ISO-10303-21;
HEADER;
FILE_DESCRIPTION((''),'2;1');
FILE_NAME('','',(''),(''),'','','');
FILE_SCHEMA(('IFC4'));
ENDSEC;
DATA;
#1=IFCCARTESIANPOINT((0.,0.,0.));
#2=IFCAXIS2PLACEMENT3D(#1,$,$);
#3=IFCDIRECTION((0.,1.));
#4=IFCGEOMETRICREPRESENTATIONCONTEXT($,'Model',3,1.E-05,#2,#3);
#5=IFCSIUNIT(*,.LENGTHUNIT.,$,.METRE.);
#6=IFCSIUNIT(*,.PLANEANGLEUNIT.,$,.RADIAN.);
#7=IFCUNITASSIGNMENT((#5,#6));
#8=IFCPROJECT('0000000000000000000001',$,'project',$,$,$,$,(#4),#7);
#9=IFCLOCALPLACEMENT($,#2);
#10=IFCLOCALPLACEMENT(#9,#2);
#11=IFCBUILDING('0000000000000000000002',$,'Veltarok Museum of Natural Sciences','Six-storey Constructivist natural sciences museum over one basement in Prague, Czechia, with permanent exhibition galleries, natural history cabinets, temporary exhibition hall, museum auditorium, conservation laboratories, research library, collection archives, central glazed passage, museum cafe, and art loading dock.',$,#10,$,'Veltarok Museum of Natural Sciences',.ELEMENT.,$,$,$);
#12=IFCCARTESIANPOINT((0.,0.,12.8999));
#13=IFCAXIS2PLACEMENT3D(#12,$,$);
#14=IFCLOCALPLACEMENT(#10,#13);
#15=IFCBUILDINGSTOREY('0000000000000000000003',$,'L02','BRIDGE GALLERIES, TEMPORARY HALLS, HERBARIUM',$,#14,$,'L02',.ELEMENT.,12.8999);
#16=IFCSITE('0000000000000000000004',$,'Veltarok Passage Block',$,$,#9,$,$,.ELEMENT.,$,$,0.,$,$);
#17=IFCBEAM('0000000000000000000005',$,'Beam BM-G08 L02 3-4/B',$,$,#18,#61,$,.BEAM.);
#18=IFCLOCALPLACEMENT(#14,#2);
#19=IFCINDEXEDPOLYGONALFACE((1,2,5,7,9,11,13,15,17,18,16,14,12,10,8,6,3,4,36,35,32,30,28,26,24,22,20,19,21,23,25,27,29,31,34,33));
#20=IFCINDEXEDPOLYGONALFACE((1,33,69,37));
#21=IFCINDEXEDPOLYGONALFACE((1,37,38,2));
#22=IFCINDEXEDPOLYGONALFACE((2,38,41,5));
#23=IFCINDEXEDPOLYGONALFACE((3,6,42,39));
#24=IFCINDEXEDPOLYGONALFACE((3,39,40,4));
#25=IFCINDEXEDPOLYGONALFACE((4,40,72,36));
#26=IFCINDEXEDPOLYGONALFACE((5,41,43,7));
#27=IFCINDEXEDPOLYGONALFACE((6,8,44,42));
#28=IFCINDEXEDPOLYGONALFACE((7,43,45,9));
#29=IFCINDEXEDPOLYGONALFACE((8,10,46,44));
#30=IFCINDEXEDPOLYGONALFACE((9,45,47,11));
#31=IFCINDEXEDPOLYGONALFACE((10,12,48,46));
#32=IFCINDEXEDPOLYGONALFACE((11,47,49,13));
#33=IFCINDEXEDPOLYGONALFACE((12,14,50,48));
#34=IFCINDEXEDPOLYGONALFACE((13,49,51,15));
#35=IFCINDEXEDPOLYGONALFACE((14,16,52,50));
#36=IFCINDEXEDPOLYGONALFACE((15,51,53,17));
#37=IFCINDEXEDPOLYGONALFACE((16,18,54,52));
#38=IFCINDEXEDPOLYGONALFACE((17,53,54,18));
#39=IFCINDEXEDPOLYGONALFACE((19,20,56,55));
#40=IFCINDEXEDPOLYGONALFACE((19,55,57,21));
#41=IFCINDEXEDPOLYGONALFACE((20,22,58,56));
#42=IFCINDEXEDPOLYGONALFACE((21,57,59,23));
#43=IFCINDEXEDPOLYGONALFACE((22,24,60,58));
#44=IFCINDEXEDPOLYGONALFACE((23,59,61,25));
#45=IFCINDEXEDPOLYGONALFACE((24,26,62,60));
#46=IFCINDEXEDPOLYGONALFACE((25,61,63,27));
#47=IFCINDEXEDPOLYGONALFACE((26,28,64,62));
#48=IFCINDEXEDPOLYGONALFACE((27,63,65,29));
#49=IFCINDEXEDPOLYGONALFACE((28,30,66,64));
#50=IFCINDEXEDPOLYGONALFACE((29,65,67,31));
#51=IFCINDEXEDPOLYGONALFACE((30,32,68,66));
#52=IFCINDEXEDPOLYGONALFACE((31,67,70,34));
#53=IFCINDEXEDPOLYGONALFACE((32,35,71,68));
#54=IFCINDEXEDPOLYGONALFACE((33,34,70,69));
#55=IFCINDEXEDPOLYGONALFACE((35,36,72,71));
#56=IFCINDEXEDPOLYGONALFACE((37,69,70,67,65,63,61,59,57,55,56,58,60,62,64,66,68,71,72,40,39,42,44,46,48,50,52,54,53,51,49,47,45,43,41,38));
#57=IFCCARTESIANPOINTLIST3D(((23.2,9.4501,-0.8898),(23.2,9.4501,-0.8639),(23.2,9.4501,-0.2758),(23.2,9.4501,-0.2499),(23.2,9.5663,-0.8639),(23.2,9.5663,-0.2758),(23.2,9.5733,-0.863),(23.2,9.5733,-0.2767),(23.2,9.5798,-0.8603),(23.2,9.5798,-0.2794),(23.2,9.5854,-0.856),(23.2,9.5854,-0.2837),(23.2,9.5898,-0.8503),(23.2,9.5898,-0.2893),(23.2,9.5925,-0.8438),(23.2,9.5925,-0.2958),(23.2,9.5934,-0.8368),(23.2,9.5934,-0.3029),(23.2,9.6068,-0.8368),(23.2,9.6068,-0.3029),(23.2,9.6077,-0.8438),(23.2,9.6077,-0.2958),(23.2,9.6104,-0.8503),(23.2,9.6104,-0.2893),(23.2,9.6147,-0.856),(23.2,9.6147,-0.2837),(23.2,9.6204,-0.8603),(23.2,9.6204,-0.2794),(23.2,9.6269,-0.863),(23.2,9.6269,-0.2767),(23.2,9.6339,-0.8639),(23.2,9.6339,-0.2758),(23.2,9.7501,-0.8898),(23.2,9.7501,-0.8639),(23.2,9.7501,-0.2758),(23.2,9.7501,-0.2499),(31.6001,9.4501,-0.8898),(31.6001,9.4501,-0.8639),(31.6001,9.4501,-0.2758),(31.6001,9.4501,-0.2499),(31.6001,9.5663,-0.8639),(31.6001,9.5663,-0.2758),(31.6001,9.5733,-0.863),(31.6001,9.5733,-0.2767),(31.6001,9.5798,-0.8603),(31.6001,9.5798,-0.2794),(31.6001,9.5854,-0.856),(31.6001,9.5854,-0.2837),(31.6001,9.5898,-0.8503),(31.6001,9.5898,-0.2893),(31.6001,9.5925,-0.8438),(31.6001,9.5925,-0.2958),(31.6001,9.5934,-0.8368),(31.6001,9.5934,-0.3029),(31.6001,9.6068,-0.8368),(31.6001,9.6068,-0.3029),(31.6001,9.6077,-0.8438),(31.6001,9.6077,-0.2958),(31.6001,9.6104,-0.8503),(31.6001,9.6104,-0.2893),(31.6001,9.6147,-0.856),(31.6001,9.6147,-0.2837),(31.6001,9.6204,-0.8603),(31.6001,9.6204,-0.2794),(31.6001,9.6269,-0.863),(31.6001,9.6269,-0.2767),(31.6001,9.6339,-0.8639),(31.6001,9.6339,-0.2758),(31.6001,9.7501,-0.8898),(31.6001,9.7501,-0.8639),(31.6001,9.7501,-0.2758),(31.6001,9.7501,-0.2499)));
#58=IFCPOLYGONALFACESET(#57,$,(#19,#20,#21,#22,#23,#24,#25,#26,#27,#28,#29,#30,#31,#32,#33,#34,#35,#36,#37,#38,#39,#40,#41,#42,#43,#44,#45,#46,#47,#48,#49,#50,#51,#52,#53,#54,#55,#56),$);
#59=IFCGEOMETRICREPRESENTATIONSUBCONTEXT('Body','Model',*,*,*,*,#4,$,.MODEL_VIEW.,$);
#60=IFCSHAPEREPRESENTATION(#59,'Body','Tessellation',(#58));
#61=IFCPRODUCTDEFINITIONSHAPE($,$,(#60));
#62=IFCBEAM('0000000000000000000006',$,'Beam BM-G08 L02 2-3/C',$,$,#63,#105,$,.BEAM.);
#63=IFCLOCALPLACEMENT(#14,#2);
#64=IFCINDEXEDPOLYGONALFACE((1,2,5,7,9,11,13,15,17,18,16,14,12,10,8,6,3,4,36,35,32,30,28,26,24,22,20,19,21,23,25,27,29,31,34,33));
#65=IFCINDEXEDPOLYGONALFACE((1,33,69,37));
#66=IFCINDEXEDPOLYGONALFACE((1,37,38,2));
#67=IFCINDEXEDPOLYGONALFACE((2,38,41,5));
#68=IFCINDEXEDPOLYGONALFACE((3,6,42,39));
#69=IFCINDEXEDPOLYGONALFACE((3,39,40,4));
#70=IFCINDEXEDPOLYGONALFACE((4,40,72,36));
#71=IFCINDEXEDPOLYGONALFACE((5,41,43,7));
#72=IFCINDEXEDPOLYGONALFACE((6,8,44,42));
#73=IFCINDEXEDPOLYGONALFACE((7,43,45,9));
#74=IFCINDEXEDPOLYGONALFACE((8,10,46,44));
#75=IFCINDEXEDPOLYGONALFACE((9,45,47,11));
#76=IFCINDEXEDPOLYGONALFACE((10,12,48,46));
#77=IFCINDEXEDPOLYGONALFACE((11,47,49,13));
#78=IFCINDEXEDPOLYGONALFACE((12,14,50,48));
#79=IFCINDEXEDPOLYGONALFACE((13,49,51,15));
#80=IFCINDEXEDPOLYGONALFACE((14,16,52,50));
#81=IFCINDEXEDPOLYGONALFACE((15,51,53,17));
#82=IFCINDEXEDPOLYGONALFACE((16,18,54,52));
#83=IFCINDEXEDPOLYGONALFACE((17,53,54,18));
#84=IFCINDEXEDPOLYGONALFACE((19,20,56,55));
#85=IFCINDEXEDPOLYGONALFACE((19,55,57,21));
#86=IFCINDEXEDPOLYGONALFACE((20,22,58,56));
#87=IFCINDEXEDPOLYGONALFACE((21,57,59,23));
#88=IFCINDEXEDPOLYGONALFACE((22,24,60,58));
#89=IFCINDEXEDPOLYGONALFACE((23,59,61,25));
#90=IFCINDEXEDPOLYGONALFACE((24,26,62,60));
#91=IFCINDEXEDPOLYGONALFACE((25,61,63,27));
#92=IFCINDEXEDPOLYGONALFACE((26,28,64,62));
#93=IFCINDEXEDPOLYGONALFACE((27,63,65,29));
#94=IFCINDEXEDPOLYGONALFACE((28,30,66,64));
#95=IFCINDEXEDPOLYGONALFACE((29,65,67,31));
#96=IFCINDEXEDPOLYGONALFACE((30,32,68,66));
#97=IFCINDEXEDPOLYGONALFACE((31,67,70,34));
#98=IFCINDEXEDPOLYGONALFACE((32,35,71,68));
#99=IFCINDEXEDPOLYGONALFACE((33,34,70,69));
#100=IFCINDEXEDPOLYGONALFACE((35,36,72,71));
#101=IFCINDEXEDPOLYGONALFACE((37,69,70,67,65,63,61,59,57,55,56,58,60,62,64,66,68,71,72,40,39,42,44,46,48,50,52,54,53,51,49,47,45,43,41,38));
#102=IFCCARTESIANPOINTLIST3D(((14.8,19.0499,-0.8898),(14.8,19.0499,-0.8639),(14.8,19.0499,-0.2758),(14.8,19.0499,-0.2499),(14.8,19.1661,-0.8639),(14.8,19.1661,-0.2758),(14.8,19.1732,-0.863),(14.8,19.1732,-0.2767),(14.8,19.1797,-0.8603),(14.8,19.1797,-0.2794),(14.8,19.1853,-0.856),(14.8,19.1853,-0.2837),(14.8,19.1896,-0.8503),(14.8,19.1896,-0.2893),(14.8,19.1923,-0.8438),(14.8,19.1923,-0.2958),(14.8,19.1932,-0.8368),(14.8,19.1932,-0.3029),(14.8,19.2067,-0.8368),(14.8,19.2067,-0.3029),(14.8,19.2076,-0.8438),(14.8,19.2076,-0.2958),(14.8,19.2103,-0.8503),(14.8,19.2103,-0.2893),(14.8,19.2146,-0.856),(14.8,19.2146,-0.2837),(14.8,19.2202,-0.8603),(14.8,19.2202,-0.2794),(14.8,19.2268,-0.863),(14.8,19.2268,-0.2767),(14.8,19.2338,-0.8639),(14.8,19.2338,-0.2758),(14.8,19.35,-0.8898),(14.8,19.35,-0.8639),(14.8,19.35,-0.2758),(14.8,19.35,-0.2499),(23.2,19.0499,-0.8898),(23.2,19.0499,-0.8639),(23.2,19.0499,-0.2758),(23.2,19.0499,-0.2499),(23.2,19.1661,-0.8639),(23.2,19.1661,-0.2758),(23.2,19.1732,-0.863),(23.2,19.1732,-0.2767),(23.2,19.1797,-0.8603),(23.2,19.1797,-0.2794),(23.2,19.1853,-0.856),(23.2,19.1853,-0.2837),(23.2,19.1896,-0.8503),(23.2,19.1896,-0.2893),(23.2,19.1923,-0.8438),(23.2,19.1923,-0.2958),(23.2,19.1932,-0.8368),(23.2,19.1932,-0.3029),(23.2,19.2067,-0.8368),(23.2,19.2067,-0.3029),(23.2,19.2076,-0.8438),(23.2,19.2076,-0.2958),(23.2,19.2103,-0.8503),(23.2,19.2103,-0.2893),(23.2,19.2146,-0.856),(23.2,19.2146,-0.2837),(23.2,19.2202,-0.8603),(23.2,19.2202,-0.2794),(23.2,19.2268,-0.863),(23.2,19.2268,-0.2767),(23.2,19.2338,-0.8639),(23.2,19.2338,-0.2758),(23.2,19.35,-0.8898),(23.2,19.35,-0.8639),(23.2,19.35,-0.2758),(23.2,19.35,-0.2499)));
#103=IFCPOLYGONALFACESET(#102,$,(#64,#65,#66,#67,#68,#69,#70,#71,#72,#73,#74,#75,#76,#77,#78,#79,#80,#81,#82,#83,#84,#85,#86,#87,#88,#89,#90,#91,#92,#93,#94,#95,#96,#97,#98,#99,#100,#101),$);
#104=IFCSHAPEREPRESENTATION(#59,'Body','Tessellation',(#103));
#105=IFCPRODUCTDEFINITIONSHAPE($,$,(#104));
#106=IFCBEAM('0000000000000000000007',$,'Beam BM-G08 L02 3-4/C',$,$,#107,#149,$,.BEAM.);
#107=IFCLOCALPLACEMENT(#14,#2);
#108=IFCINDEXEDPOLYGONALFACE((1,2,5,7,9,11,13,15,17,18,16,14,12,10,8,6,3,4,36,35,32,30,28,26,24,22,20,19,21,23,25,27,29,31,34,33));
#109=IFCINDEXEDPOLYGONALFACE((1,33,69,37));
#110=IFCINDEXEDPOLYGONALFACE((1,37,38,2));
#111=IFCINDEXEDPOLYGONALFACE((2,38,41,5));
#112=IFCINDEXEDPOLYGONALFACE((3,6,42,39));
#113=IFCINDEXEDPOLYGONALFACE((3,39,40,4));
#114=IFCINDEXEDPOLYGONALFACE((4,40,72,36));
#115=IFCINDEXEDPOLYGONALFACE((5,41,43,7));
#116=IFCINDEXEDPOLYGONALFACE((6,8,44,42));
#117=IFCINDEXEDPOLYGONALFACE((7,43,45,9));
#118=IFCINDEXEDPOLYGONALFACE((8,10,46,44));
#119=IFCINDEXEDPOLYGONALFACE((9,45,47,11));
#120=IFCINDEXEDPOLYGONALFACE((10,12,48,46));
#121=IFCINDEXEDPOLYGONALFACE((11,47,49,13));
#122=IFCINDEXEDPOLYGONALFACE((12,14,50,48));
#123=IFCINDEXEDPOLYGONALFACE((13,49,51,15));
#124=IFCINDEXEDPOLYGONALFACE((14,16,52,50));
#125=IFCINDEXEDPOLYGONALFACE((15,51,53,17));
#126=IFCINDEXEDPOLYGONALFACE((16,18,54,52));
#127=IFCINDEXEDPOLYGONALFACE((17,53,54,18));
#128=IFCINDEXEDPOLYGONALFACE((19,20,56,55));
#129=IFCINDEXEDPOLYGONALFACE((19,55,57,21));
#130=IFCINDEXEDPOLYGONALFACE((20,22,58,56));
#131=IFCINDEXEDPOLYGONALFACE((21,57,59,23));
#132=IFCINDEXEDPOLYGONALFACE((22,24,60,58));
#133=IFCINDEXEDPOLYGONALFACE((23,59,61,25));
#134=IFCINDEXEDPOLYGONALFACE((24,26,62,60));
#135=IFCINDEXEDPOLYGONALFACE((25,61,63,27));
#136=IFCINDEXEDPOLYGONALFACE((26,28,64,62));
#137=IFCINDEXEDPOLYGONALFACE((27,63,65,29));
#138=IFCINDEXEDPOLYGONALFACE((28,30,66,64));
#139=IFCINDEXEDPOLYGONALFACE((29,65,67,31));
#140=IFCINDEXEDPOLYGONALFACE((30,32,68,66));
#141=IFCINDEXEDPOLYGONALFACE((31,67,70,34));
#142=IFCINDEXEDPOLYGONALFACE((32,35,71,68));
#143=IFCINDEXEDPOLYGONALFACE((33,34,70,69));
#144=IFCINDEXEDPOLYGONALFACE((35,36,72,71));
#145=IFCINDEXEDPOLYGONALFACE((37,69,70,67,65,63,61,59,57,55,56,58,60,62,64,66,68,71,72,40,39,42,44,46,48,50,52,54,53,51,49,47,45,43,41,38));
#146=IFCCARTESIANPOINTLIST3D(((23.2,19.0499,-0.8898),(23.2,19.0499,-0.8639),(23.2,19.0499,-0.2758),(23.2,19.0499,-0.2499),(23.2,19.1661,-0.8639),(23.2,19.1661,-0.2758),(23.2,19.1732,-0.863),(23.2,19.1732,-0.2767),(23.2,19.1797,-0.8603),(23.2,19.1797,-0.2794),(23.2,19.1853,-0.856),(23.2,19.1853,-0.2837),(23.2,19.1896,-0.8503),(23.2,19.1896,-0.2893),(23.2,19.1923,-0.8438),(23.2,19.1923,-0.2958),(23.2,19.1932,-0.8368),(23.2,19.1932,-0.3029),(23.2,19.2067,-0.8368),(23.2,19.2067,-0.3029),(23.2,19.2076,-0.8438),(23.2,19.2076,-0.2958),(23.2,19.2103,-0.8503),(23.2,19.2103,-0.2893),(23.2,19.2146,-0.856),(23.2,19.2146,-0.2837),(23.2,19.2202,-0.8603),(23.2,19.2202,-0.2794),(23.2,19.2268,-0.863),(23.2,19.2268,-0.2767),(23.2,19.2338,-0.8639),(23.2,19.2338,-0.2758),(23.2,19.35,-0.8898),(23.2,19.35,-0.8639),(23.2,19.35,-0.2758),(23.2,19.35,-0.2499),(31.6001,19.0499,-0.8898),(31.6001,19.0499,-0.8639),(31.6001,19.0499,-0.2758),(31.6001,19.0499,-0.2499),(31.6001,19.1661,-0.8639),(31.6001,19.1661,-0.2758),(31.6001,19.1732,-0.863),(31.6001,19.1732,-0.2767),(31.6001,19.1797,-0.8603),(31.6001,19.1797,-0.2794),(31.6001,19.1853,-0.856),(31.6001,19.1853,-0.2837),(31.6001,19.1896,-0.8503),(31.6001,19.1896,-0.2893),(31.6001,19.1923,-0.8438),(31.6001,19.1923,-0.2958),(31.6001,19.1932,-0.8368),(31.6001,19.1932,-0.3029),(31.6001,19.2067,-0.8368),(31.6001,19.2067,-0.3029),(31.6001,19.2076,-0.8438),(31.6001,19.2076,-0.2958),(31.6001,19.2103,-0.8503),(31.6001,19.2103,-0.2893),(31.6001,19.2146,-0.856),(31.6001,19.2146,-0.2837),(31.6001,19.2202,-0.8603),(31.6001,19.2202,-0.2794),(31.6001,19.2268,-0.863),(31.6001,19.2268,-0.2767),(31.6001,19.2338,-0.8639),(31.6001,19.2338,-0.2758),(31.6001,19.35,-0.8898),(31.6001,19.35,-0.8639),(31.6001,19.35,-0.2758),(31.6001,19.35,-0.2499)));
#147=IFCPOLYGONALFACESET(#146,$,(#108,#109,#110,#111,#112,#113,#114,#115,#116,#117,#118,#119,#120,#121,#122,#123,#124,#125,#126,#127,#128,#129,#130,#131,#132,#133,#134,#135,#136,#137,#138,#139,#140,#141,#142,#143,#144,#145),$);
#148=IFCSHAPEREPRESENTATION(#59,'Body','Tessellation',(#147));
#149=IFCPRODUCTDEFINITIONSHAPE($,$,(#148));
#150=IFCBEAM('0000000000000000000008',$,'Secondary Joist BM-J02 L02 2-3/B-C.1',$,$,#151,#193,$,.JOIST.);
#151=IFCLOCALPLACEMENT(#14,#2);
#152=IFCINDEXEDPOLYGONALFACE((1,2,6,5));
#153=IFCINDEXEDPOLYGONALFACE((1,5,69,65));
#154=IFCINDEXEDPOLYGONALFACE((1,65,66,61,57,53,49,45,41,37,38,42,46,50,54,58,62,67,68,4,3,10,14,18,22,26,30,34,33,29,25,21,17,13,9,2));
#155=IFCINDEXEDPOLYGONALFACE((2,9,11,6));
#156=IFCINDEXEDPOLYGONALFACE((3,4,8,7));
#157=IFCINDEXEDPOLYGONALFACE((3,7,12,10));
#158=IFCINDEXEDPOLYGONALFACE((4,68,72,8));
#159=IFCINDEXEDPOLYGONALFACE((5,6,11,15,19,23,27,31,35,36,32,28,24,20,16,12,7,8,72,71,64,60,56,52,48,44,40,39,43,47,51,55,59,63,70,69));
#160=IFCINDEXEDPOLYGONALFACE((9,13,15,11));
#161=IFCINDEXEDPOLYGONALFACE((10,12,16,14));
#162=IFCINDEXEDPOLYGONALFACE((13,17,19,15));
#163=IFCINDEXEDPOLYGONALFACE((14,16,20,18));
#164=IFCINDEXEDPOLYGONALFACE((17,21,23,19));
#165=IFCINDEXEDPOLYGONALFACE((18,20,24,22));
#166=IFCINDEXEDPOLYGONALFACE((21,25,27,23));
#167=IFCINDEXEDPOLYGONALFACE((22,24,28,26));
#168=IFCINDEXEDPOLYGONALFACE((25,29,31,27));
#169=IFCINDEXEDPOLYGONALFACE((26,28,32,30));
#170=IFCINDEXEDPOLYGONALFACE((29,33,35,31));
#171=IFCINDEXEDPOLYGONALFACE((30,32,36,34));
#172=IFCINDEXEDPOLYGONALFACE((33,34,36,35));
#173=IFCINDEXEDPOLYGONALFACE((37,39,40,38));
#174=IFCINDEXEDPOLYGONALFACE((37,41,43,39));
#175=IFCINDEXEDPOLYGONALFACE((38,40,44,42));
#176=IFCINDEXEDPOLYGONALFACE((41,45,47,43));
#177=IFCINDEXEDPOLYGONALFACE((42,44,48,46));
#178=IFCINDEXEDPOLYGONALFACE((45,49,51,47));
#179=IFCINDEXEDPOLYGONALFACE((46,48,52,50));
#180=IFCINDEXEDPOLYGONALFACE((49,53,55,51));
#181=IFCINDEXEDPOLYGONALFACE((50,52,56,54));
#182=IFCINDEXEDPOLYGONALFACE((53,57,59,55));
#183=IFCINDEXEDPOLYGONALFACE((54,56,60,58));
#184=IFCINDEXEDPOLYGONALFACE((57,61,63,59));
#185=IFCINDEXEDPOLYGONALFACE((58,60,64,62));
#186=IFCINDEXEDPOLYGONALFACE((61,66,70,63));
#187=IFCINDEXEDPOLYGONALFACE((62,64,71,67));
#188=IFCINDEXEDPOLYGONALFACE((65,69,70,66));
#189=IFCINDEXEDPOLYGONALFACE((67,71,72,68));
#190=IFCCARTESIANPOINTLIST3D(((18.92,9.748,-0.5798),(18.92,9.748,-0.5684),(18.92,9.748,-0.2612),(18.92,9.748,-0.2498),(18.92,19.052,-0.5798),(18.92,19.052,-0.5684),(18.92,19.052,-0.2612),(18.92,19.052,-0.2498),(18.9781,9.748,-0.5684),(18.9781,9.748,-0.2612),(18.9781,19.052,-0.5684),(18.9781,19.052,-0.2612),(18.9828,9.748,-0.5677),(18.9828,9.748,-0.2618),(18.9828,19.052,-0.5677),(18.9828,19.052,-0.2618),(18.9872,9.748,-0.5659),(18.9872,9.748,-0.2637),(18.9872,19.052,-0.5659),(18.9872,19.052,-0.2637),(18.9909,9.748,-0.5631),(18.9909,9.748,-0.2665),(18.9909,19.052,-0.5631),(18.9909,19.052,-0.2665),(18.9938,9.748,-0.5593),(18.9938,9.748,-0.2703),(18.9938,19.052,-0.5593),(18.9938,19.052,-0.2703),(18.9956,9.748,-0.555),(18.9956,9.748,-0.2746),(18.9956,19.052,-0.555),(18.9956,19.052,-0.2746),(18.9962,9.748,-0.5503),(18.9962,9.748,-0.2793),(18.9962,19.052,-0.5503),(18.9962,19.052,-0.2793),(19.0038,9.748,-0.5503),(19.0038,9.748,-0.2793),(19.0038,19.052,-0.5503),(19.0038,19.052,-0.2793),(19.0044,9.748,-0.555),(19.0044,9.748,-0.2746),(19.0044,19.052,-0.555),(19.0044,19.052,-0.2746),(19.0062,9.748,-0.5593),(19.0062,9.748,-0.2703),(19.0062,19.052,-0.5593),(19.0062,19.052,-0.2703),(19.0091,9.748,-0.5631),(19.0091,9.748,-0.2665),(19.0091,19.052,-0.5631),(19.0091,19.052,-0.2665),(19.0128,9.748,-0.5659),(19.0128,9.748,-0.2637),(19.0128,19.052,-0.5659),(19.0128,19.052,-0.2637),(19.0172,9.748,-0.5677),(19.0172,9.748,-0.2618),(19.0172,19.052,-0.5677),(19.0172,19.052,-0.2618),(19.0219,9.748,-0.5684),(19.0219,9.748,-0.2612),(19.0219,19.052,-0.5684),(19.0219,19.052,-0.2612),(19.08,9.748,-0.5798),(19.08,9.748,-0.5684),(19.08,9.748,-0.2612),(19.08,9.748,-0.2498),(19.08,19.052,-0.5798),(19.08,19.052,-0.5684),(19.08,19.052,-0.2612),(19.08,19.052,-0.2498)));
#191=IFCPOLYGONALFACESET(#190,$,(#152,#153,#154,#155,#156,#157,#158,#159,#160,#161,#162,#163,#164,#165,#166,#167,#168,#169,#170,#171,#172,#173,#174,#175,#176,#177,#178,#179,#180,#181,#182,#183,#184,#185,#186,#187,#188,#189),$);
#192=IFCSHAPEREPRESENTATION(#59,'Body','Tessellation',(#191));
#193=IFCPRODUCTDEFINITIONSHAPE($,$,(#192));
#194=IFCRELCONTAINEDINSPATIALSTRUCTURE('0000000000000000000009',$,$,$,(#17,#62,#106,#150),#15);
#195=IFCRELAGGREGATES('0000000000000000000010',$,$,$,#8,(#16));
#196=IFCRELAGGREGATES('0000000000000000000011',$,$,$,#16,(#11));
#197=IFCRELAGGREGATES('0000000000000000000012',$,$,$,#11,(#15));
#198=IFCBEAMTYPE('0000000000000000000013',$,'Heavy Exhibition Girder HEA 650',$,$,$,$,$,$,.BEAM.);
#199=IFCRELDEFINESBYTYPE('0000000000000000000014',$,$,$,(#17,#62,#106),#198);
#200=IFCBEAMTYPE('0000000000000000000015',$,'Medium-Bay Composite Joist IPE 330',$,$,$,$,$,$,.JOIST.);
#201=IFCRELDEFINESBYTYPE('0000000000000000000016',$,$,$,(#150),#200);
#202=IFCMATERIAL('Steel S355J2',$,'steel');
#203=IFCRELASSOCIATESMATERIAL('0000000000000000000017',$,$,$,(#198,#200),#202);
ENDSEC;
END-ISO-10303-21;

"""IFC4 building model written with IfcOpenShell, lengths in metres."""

from ifc_helpers import new_model, si_unit, direction, frame, origin, origin_2d, place, context, subcontext, project, spatial, i_section, extrude, material, material_profile, profile_set, type_object, element, save


model = new_model("IFC4")

# Units and contexts
model_context = context("Model", 3, precision=1e-05, world=origin(), true_north=direction((0.0, 1.0)))
body_context = subcontext(model_context, "Body", "Model", "MODEL_VIEW")
ifc_project = project(units=[si_unit("LENGTHUNIT", "METRE"), si_unit("PLANEANGLEUNIT", "RADIAN")], contexts=[model_context])

# Site, building, storey
site_placement = place(None, origin())
site = spatial("IfcSite", under=ifc_project, at=site_placement, Name="Veltarok Passage Block", CompositionType="ELEMENT", RefElevation=0.0)
building_placement = place(site_placement, origin())
building = spatial("IfcBuilding", under=site, at=building_placement, Name="Veltarok Museum of Natural Sciences", Description="Six-storey Constructivist natural sciences museum over one basement in Prague, Czechia, with permanent exhibition galleries, natural history cabinets, temporary exhibition hall, museum auditorium, conservation laboratories, research library, collection archives, central glazed passage, museum cafe, and art loading dock.", LongName="Veltarok Museum of Natural Sciences", CompositionType="ELEMENT")
storey_placement = place(building_placement, frame((0.0, 0.0, 12.8999)))
storey = spatial("IfcBuildingStorey", under=building, at=storey_placement, Name="L02", Description="BRIDGE GALLERIES, TEMPORARY HALLS, HERBARIUM", LongName="L02", CompositionType="ELEMENT", Elevation=12.8999)

# Shared definitions
ifc_material_1 = material(Name="Steel S355J2", Category="steel")

# Beams
ifc_material_profile_1 = material_profile(ifc_material_1, i_section(OverallWidth=0.3, OverallDepth=0.6399, WebThickness=0.0134, FlangeThickness=0.0259, FilletRadius=0.0271, at=origin_2d()), Name="HEA 650")
ifc_profile_set_1 = profile_set([ifc_material_profile_1], Name="Steel S355J2")
beam_type_1 = type_object("IfcBeamType", Name="Heavy Exhibition Girder HEA 650", PredefinedType="BEAM", material=ifc_profile_set_1)
beam_1_placement = place(storey_placement, frame((23.2, 9.6001, -0.5698), z_axis=(1.0, 0.0, 0.0), x_axis=(0.0, 1.0, 0.0)))
element("IfcBeam", 1, at=beam_1_placement, inside=storey, type_object=beam_type_1, Name="Beam BM-G08 L02 3-4/B", PredefinedType="BEAM", context=body_context, shape_type="SweptSolid", body=[
    extrude(i_section(OverallWidth=0.3, OverallDepth=0.6399, WebThickness=0.0134, FlangeThickness=0.0259, FilletRadius=0.0271, at=origin_2d()), origin(), (0.0, 0.0, 1.0), 8.4001),
])
beam_2_placement = place(storey_placement, frame((14.8, 19.2, -0.5698), z_axis=(1.0, 0.0, 0.0), x_axis=(0.0, 1.0, 0.0)))
element("IfcBeam", 2, at=beam_2_placement, inside=storey, type_object=beam_type_1, Name="Beam BM-G08 L02 2-3/C", PredefinedType="BEAM", context=body_context, shape_type="SweptSolid", body=[
    extrude(i_section(OverallWidth=0.3, OverallDepth=0.6399, WebThickness=0.0134, FlangeThickness=0.0259, FilletRadius=0.0271, at=origin_2d()), origin(), (0.0, 0.0, 1.0), 8.3999),
])
beam_3_placement = place(storey_placement, frame((23.2, 19.2, -0.5698), z_axis=(1.0, 0.0, 0.0), x_axis=(0.0, 1.0, 0.0)))
element("IfcBeam", 3, at=beam_3_placement, inside=storey, type_object=beam_type_1, Name="Beam BM-G08 L02 3-4/C", PredefinedType="BEAM", context=body_context, shape_type="SweptSolid", body=[
    extrude(i_section(OverallWidth=0.3, OverallDepth=0.6399, WebThickness=0.0134, FlangeThickness=0.0259, FilletRadius=0.0271, at=origin_2d()), origin(), (0.0, 0.0, 1.0), 8.4001),
])
ifc_material_profile_2 = material_profile(ifc_material_1, i_section(OverallWidth=0.1599, OverallDepth=0.3301, WebThickness=0.0076, FlangeThickness=0.0115, FilletRadius=0.0181, at=origin_2d()), Name="IPE 330")
ifc_profile_set_2 = profile_set([ifc_material_profile_2], Name="Steel S355J2")
beam_type_2 = type_object("IfcBeamType", Name="Medium-Bay Composite Joist IPE 330", PredefinedType="JOIST", material=ifc_profile_set_2)
beam_4_placement = place(storey_placement, frame((19.0, 9.748, -0.4148), z_axis=(0.0, 1.0, 0.0), x_axis=(-1.0, 0.0, 0.0)))
element("IfcBeam", 4, at=beam_4_placement, inside=storey, type_object=beam_type_2, Name="Secondary Joist BM-J02 L02 2-3/B-C.1", PredefinedType="JOIST", context=body_context, shape_type="SweptSolid", body=[
    extrude(i_section(OverallWidth=0.1599, OverallDepth=0.3301, WebThickness=0.0076, FlangeThickness=0.0115, FilletRadius=0.0181, at=origin_2d()), origin(), (0.0, 0.0, 1.0), 9.304),
])

save(model, "model.ifc")
